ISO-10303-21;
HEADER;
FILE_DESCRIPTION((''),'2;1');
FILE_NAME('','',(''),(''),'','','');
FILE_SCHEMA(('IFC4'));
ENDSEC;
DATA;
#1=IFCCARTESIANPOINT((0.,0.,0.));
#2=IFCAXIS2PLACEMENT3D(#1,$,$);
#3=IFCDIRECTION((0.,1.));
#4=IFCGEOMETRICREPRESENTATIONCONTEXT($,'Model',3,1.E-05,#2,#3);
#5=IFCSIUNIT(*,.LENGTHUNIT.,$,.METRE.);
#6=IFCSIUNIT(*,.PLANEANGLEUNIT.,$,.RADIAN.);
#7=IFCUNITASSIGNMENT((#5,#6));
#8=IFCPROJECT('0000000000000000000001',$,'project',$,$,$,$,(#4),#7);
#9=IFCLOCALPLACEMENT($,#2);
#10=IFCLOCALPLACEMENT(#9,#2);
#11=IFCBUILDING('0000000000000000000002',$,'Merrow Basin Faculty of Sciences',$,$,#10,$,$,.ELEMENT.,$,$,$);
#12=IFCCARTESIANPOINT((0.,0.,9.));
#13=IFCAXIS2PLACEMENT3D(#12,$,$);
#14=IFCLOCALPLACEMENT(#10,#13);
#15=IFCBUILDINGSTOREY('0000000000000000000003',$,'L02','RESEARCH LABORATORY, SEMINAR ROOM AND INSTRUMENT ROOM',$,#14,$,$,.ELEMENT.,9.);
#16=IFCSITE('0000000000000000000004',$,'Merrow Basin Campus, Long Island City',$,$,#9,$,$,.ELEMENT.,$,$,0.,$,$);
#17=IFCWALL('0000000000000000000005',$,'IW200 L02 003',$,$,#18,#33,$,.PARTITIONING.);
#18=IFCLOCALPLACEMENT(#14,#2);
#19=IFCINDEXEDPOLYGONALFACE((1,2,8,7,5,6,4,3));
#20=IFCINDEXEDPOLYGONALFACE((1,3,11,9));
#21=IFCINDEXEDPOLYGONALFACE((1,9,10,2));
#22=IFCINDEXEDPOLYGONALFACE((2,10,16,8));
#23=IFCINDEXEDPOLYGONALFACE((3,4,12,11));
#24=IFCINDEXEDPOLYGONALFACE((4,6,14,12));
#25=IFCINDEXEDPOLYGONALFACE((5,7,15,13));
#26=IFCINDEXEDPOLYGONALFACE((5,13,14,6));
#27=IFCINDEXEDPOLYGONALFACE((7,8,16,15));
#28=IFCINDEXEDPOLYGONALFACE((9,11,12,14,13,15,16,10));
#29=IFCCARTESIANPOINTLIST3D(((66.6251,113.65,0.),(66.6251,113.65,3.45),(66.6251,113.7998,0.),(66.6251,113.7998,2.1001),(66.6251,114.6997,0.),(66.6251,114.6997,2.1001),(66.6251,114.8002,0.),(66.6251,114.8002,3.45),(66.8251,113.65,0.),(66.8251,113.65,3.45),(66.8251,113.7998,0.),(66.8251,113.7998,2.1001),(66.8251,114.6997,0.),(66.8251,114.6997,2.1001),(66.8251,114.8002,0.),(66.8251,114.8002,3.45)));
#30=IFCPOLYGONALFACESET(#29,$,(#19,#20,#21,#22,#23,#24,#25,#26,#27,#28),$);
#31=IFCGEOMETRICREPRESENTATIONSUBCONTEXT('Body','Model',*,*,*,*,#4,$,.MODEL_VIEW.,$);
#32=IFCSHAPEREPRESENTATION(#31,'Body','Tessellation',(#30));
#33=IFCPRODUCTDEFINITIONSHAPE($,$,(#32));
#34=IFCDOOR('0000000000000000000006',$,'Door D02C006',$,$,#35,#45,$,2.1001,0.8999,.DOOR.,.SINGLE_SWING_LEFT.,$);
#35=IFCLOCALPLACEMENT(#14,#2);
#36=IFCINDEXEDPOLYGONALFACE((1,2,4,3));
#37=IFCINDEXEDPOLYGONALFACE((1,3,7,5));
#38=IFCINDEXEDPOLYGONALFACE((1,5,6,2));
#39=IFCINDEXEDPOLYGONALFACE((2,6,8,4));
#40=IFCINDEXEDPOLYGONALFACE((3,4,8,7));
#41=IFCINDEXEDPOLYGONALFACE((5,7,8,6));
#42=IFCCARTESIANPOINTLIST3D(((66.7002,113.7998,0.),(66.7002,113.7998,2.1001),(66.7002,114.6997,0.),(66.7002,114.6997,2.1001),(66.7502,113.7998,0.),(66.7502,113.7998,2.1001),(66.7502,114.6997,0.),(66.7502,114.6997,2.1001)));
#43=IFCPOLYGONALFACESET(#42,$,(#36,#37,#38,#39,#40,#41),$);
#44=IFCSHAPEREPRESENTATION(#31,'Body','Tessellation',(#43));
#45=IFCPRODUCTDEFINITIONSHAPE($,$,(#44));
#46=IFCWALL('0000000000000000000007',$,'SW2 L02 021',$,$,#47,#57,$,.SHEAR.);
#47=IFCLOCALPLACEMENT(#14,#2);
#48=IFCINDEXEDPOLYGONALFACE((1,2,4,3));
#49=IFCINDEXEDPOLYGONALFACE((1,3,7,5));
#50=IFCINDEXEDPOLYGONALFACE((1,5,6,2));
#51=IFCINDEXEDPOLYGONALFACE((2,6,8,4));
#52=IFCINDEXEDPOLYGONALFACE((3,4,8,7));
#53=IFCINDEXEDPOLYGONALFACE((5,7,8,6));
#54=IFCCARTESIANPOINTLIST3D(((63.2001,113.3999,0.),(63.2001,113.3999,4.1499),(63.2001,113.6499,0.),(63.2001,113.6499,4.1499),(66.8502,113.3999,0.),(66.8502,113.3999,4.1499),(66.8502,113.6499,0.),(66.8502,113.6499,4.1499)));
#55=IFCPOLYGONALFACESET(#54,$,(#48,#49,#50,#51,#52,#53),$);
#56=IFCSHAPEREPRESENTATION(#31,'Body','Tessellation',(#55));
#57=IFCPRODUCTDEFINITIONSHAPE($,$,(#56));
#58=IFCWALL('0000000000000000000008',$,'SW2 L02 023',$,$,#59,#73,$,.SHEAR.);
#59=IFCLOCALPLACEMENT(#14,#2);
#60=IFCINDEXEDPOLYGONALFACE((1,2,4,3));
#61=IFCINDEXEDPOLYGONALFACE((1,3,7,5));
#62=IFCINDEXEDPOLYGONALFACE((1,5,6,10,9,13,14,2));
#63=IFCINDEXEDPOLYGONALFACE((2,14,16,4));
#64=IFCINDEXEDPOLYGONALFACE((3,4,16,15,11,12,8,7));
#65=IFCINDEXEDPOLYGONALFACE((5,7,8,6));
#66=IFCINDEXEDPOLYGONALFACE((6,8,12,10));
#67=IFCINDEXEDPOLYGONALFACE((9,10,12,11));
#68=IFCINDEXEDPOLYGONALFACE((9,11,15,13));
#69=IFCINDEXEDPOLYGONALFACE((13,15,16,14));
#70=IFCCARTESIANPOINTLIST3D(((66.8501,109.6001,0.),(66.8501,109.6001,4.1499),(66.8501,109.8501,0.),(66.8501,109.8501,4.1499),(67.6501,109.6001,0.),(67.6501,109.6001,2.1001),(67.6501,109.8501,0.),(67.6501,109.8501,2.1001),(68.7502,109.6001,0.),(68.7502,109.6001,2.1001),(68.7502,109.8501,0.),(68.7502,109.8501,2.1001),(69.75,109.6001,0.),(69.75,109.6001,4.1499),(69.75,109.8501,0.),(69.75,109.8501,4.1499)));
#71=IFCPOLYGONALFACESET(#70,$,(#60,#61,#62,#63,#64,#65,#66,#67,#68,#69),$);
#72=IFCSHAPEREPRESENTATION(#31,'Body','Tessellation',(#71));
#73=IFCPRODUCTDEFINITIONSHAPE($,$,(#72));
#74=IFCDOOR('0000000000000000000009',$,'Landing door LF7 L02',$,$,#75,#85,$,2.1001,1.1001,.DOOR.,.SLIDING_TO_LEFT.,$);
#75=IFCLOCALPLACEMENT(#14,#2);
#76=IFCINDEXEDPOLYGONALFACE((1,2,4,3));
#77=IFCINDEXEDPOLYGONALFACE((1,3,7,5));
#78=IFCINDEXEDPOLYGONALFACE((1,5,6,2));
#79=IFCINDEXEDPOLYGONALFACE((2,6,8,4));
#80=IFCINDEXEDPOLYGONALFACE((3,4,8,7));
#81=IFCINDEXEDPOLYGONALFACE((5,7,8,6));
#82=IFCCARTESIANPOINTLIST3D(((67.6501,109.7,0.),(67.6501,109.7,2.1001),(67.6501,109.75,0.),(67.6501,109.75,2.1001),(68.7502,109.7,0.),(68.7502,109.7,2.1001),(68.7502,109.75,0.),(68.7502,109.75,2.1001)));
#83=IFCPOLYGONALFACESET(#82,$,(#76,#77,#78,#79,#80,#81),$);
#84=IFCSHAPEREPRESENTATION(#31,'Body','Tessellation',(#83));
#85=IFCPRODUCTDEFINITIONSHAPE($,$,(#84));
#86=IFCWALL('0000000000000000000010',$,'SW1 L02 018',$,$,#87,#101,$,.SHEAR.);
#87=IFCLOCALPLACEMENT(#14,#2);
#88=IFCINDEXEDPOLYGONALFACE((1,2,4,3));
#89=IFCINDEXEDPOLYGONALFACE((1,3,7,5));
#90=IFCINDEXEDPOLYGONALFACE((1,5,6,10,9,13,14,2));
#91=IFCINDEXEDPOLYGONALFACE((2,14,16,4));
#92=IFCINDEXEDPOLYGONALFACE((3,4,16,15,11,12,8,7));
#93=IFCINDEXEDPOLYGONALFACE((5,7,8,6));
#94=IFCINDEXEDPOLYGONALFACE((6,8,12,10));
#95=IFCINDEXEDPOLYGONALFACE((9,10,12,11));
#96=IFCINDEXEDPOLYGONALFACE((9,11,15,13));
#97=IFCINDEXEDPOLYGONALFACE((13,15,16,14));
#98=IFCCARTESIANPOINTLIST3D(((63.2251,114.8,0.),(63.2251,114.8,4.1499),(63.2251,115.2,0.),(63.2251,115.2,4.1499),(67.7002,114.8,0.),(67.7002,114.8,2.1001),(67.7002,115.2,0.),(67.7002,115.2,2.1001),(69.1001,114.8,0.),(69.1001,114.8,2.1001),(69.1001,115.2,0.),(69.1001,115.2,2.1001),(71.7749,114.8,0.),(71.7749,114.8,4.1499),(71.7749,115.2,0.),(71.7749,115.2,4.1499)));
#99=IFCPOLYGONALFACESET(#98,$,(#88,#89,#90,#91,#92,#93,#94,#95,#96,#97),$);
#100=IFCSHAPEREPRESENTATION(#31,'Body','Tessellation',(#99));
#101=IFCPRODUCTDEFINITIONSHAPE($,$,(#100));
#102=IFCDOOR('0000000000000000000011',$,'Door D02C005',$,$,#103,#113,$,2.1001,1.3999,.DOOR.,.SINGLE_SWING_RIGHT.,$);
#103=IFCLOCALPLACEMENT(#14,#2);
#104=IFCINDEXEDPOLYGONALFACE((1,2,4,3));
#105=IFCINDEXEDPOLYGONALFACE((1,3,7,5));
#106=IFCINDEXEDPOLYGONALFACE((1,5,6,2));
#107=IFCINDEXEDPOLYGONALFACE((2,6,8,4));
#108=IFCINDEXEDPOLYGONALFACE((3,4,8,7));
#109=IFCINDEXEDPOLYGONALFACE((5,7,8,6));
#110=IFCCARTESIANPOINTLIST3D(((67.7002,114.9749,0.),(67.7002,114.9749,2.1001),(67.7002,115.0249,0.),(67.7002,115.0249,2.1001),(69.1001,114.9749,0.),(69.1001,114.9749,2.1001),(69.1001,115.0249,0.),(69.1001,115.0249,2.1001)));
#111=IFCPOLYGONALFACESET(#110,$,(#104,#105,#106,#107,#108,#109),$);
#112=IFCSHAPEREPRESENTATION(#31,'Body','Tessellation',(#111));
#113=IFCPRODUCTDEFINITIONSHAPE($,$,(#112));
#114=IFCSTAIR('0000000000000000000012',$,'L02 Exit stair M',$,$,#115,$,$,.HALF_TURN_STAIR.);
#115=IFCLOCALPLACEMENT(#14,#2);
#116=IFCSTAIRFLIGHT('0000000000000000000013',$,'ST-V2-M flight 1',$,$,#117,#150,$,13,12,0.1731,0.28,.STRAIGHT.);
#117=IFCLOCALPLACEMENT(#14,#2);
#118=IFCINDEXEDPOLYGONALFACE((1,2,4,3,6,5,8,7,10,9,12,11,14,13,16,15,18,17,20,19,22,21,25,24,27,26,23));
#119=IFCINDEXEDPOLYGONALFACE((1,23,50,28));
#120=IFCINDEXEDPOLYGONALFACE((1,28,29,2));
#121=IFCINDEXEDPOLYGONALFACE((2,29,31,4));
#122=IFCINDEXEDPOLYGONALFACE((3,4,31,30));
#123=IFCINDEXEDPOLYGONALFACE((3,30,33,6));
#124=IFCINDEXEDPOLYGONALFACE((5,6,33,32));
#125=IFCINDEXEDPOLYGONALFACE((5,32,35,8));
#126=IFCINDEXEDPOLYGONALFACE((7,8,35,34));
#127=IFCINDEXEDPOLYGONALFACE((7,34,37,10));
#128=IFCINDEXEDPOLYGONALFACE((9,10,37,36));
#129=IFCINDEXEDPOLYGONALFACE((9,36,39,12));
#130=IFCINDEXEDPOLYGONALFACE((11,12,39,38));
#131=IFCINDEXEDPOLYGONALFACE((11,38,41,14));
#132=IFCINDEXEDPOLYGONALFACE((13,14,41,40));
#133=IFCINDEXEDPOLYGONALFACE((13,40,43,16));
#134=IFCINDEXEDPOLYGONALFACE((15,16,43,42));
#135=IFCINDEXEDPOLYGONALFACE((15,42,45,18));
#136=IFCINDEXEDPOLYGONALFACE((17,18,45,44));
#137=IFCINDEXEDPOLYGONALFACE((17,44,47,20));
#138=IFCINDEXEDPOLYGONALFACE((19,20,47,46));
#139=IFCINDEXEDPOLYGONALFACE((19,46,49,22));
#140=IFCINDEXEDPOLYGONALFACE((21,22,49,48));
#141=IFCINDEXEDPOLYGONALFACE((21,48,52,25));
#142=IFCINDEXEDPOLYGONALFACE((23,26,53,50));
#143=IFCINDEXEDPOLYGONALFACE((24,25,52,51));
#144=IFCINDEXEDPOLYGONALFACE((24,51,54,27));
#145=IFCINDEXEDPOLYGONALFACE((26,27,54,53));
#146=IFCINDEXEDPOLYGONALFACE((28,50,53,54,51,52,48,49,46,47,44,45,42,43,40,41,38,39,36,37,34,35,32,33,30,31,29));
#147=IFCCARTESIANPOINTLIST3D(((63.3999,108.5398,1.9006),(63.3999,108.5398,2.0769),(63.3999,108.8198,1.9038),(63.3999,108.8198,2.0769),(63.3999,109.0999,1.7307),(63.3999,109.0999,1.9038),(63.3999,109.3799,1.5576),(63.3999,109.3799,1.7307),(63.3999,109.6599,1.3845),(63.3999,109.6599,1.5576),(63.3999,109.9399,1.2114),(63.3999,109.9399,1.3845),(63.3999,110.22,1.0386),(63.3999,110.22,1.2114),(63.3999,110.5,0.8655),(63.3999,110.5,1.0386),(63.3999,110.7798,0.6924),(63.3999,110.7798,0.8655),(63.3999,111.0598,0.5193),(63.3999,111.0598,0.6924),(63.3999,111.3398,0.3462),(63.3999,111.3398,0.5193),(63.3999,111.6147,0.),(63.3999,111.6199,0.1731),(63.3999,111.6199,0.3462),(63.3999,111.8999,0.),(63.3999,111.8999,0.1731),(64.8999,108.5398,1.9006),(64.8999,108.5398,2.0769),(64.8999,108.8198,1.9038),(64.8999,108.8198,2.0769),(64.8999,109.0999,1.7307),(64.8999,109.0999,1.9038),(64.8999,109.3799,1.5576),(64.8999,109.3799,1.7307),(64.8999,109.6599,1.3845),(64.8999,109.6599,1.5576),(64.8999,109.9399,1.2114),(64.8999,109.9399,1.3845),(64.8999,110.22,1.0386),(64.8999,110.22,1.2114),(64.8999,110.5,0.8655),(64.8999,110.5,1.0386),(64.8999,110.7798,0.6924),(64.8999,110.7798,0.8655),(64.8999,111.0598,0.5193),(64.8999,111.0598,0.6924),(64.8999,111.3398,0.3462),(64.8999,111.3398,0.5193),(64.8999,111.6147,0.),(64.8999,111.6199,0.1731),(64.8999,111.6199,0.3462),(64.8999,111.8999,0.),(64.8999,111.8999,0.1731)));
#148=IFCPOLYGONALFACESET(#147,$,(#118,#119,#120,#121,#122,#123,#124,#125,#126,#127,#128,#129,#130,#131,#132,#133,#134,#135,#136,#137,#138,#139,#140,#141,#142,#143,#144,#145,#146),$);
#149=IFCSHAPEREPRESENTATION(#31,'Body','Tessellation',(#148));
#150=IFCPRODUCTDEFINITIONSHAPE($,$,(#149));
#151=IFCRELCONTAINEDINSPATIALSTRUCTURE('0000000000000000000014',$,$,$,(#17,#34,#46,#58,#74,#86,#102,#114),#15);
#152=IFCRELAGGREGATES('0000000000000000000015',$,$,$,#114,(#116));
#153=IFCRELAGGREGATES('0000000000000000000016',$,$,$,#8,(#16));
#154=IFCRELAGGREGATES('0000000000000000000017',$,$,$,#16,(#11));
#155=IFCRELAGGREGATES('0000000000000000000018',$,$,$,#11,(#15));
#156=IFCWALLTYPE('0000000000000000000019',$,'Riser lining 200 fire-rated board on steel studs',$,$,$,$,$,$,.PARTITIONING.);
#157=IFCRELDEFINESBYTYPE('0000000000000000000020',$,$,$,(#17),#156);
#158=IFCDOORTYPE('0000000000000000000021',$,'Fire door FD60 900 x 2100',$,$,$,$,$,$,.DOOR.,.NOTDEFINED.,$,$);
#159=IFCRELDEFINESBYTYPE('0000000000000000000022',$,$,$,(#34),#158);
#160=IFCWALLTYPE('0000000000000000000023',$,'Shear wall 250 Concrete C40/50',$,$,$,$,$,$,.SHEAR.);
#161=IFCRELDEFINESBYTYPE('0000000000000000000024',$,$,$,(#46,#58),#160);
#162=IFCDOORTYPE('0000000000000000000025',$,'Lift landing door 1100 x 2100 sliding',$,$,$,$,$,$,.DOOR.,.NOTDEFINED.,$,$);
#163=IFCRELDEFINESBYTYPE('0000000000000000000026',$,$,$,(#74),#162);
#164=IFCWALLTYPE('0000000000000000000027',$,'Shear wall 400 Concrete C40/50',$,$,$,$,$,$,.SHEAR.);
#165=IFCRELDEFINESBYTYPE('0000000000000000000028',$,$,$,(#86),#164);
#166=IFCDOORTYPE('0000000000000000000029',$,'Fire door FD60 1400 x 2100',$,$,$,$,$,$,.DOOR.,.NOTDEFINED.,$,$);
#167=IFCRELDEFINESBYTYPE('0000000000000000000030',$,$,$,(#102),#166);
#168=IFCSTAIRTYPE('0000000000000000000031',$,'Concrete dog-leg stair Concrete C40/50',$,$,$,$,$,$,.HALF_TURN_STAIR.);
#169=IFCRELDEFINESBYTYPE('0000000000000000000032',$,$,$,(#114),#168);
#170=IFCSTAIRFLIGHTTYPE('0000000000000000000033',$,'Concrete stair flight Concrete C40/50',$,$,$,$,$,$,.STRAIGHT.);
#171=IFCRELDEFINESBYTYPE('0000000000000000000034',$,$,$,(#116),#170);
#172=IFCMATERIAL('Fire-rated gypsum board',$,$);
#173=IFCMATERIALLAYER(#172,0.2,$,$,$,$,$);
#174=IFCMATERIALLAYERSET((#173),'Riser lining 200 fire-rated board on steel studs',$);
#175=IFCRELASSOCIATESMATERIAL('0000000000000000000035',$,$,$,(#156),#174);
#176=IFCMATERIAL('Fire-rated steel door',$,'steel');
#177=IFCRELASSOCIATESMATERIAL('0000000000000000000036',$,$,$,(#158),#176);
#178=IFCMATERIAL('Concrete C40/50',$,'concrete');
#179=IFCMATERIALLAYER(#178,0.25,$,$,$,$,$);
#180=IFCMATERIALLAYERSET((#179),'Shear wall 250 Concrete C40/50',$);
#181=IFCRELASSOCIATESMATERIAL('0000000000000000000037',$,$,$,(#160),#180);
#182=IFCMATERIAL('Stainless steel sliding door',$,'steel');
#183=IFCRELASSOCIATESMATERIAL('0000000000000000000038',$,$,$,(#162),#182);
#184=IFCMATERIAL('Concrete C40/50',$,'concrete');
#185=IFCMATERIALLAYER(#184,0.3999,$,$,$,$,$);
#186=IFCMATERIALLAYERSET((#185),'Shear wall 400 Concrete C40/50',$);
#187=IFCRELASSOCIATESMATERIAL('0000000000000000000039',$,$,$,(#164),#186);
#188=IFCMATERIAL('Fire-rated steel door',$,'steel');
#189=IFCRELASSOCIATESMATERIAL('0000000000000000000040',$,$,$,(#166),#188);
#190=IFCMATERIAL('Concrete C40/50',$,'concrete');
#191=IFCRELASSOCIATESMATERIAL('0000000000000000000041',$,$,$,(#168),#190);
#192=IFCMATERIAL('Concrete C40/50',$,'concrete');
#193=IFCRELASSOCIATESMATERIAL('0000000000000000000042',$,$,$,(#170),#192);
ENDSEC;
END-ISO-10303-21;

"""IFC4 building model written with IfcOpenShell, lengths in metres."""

from ifc_helpers import new_model, si_unit, direction, frame, frame_2d, origin, place, context, subcontext, project, spatial, polyline, rectangle, outline, extrude, material, layer, layer_set, type_object, element, fill, aggregate, save


model = new_model("IFC4")

# Units and contexts
model_context = context("Model", 3, precision=1e-05, world=origin(), true_north=direction((0.0, 1.0)))
body_context = subcontext(model_context, "Body", "Model", "MODEL_VIEW")
ifc_project = project(units=[si_unit("LENGTHUNIT", "METRE"), si_unit("PLANEANGLEUNIT", "RADIAN")], contexts=[model_context])

# Site, building, storey
site_placement = place(None, origin())
site = spatial("IfcSite", under=ifc_project, at=site_placement, Name="Merrow Basin Campus, Long Island City", CompositionType="ELEMENT", RefElevation=0.0)
building_placement = place(site_placement, origin())
building = spatial("IfcBuilding", under=site, at=building_placement, Name="Merrow Basin Faculty of Sciences", CompositionType="ELEMENT")
storey_placement = place(building_placement, frame((0.0, 0.0, 9.0)))
storey = spatial("IfcBuildingStorey", under=building, at=storey_placement, Name="L02", Description="RESEARCH LABORATORY, SEMINAR ROOM AND INSTRUMENT ROOM", CompositionType="ELEMENT", Elevation=9.0)

# Wall, opening, door
ifc_material_1 = material(Name="Fire-rated gypsum board")
ifc_layer_1 = layer(ifc_material_1, 0.2)
ifc_layer_set_1 = layer_set([ifc_layer_1], Name="Riser lining 200 fire-rated board on steel studs")
wall_type_1 = type_object("IfcWallType", Name="Riser lining 200 fire-rated board on steel studs", PredefinedType="PARTITIONING", material=ifc_layer_set_1)
wall_1_placement = place(storey_placement, frame((66.7251, 113.6499, 0.0), z_axis=(0.0, 0.0, 1.0), x_axis=(0.0, 1.0, 0.0)))
wall_1 = element("IfcWall", 1, at=wall_1_placement, inside=storey, type_object=wall_type_1, Name="IW200 L02 003", PredefinedType="PARTITIONING", context=body_context, shape_type="SweptSolid", body=[
    extrude(rectangle(XDim=1.1501, YDim=0.2, at=frame_2d((0.5752, 0.0))), origin(), (0.0, 0.0, 1.0), 3.45),
])
opening_1_placement = place(wall_1_placement, frame((0.1499, 0.0, 0.0)))
opening_1 = element("IfcOpeningElement", 2, at=opening_1_placement, cuts=wall_1, PredefinedType="OPENING", context=body_context, shape_type="SweptSolid", body=[
    extrude(rectangle(XDim=0.8999, YDim=2.1001, at=frame_2d((0.45, 1.05))), frame((0.0, 0.1099, 0.0), z_axis=(0.0, -1.0, 0.0), x_axis=(1.0, 0.0, 0.0)), (0.0, 0.0, 1.0), 0.22),
])
ifc_material_2 = material(Name="Fire-rated steel door", Category="steel")
door_type_1 = type_object("IfcDoorType", Name="Fire door FD60 900 x 2100", OperationType="NOTDEFINED", PredefinedType="DOOR", material=ifc_material_2)
door_1_placement = place(opening_1_placement, origin())
door_1 = element("IfcDoor", 3, at=door_1_placement, inside=storey, type_object=door_type_1, Name="Door D02C006", OperationType="SINGLE_SWING_LEFT", OverallHeight=2.1001, OverallWidth=0.8999, PredefinedType="DOOR", context=body_context, shape_type="SweptSolid", body=[
    extrude(rectangle(XDim=0.8999, YDim=2.1001, at=frame_2d((0.45, 1.05))), frame((0.0, 0.0249, 0.0), z_axis=(0.0, -1.0, 0.0), x_axis=(1.0, 0.0, 0.0)), (0.0, 0.0, 1.0), 0.05),
])
fill(opening_1, door_1)

# Wall
ifc_material_3 = material(Name="Concrete C40/50", Category="concrete")
ifc_layer_2 = layer(ifc_material_3, 0.25)
ifc_layer_set_2 = layer_set([ifc_layer_2], Name="Shear wall 250 Concrete C40/50")
wall_type_2 = type_object("IfcWallType", Name="Shear wall 250 Concrete C40/50", PredefinedType="SHEAR", material=ifc_layer_set_2)
wall_2_placement = place(storey_placement, frame((63.2, 113.5249, 0.0), z_axis=(0.0, 0.0, 1.0), x_axis=(1.0, 0.0, 0.0)))
element("IfcWall", 4, at=wall_2_placement, inside=storey, type_object=wall_type_2, Name="SW2 L02 021", PredefinedType="SHEAR", context=body_context, shape_type="SweptSolid", body=[
    extrude(rectangle(XDim=3.6501, YDim=0.25, at=frame_2d((1.8252, 0.0))), origin(), (0.0, 0.0, 1.0), 4.1499),
])

# Walls, openings, doors
wall_3_placement = place(storey_placement, frame((66.8501, 109.7251, 0.0), z_axis=(0.0, 0.0, 1.0), x_axis=(1.0, 0.0, 0.0)))
wall_3 = element("IfcWall", 5, at=wall_3_placement, inside=storey, type_object=wall_type_2, Name="SW2 L02 023", PredefinedType="SHEAR", context=body_context, shape_type="SweptSolid", body=[
    extrude(rectangle(XDim=2.8999, YDim=0.25, at=frame_2d((1.45, 0.0))), origin(), (0.0, 0.0, 1.0), 4.1499),
])
opening_2_placement = place(wall_3_placement, frame((0.8, 0.0, 0.0)))
opening_2 = element("IfcOpeningElement", 6, at=opening_2_placement, cuts=wall_3, PredefinedType="OPENING", context=body_context, shape_type="SweptSolid", body=[
    extrude(rectangle(XDim=1.1001, YDim=2.1001, at=frame_2d((0.55, 1.05))), frame((0.0, 0.135, 0.0), z_axis=(0.0, -1.0, 0.0), x_axis=(1.0, 0.0, 0.0)), (0.0, 0.0, 1.0), 0.27),
])
ifc_material_4 = material(Name="Stainless steel sliding door", Category="steel")
door_type_2 = type_object("IfcDoorType", Name="Lift landing door 1100 x 2100 sliding", OperationType="NOTDEFINED", PredefinedType="DOOR", material=ifc_material_4)
door_2_placement = place(opening_2_placement, origin())
door_2 = element("IfcDoor", 7, at=door_2_placement, inside=storey, type_object=door_type_2, Name="Landing door LF7 L02", OperationType="SLIDING_TO_LEFT", OverallHeight=2.1001, OverallWidth=1.1001, PredefinedType="DOOR", context=body_context, shape_type="SweptSolid", body=[
    extrude(rectangle(XDim=1.1001, YDim=2.1001, at=frame_2d((0.55, 1.05))), frame((0.0, 0.0249, 0.0), z_axis=(0.0, -1.0, 0.0), x_axis=(1.0, 0.0, 0.0)), (0.0, 0.0, 1.0), 0.05),
])
fill(opening_2, door_2)
ifc_material_5 = material(Name="Concrete C40/50", Category="concrete")
ifc_layer_3 = layer(ifc_material_5, 0.3999)
ifc_layer_set_3 = layer_set([ifc_layer_3], Name="Shear wall 400 Concrete C40/50")
wall_type_3 = type_object("IfcWallType", Name="Shear wall 400 Concrete C40/50", PredefinedType="SHEAR", material=ifc_layer_set_3)
wall_4_placement = place(storey_placement, frame((63.2251, 115.0, 0.0), z_axis=(0.0, 0.0, 1.0), x_axis=(1.0, 0.0, 0.0)))
wall_4 = element("IfcWall", 8, at=wall_4_placement, inside=storey, type_object=wall_type_3, Name="SW1 L02 018", PredefinedType="SHEAR", context=body_context, shape_type="SweptSolid", body=[
    extrude(rectangle(XDim=8.5498, YDim=0.3999, at=frame_2d((4.2749, 0.0))), origin(), (0.0, 0.0, 1.0), 4.1499),
])
opening_3_placement = place(wall_4_placement, frame((4.4751, 0.0, 0.0)))
opening_3 = element("IfcOpeningElement", 9, at=opening_3_placement, cuts=wall_4, PredefinedType="OPENING", context=body_context, shape_type="SweptSolid", body=[
    extrude(rectangle(XDim=1.3999, YDim=2.1001, at=frame_2d((0.7, 1.05))), frame((0.0, 0.21, 0.0), z_axis=(0.0, -1.0, 0.0), x_axis=(1.0, 0.0, 0.0)), (0.0, 0.0, 1.0), 0.4199),
])
ifc_material_6 = material(Name="Fire-rated steel door", Category="steel")
door_type_3 = type_object("IfcDoorType", Name="Fire door FD60 1400 x 2100", OperationType="NOTDEFINED", PredefinedType="DOOR", material=ifc_material_6)
door_3_placement = place(opening_3_placement, origin())
door_3 = element("IfcDoor", 10, at=door_3_placement, inside=storey, type_object=door_type_3, Name="Door D02C005", OperationType="SINGLE_SWING_RIGHT", OverallHeight=2.1001, OverallWidth=1.3999, PredefinedType="DOOR", context=body_context, shape_type="SweptSolid", body=[
    extrude(rectangle(XDim=1.3999, YDim=2.1001, at=frame_2d((0.7, 1.05))), frame((0.0, 0.0249, 0.0), z_axis=(0.0, -1.0, 0.0), x_axis=(1.0, 0.0, 0.0)), (0.0, 0.0, 1.0), 0.05),
])
fill(opening_3, door_3)

# Stair, stair flight
ifc_material_7 = material(Name="Concrete C40/50", Category="concrete")
stair_type = type_object("IfcStairType", Name="Concrete dog-leg stair Concrete C40/50", PredefinedType="HALF_TURN_STAIR", material=ifc_material_7)
stair_placement = place(storey_placement, origin())
stair = element("IfcStair", 11, at=stair_placement, inside=storey, type_object=stair_type, Name="L02 Exit stair M", PredefinedType="HALF_TURN_STAIR")
ifc_material_8 = material(Name="Concrete C40/50", Category="concrete")
stair_flight_type = type_object("IfcStairFlightType", Name="Concrete stair flight Concrete C40/50", PredefinedType="STRAIGHT", material=ifc_material_8)
stair_flight_1_placement = place(storey_placement, frame((64.1499, 111.8999, 0.0), z_axis=(0.0, 0.0, 1.0), x_axis=(0.0, -1.0, 0.0)))
stair_flight_1 = element("IfcStairFlight", 12, at=stair_flight_1_placement, type_object=stair_flight_type, Name="ST-V2-M flight 1", NumberOfRisers=13, NumberOfTreads=12, PredefinedType="STRAIGHT", RiserHeight=0.1731, TreadLength=0.28, context=body_context, shape_type="SweptSolid", body=[
    extrude(outline(polyline([(0.0, 0.0), (0.0, 0.1731), (0.28, 0.1731), (0.28, 0.3462), (0.5601, 0.3462), (0.5601, 0.5193), (0.8401, 0.5193), (0.8401, 0.6924), (1.1201, 0.6924), (1.1201, 0.8655), (1.3999, 0.8655), (1.3999, 1.0386), (1.6799, 1.0386), (1.6799, 1.2114), (1.96, 1.2114), (1.96, 1.3845), (2.24, 1.3845), (2.24, 1.5576), (2.52, 1.5576), (2.52, 1.7307), (2.8, 1.7307), (2.8, 1.9038), (3.0801, 1.9038), (3.0801, 2.0769), (3.3601, 2.0769), (3.3601, 2.25), (3.3601, 1.9006), (0.2852, 0.0), (0.0, 0.0)])), frame((0.0, 0.75, 0.0), z_axis=(0.0, -1.0, 0.0), x_axis=(1.0, 0.0, 0.0)), (0.0, 0.0, 1.0), 1.5),
])
aggregate(stair, [stair_flight_1])

save(model, "model.ifc")
